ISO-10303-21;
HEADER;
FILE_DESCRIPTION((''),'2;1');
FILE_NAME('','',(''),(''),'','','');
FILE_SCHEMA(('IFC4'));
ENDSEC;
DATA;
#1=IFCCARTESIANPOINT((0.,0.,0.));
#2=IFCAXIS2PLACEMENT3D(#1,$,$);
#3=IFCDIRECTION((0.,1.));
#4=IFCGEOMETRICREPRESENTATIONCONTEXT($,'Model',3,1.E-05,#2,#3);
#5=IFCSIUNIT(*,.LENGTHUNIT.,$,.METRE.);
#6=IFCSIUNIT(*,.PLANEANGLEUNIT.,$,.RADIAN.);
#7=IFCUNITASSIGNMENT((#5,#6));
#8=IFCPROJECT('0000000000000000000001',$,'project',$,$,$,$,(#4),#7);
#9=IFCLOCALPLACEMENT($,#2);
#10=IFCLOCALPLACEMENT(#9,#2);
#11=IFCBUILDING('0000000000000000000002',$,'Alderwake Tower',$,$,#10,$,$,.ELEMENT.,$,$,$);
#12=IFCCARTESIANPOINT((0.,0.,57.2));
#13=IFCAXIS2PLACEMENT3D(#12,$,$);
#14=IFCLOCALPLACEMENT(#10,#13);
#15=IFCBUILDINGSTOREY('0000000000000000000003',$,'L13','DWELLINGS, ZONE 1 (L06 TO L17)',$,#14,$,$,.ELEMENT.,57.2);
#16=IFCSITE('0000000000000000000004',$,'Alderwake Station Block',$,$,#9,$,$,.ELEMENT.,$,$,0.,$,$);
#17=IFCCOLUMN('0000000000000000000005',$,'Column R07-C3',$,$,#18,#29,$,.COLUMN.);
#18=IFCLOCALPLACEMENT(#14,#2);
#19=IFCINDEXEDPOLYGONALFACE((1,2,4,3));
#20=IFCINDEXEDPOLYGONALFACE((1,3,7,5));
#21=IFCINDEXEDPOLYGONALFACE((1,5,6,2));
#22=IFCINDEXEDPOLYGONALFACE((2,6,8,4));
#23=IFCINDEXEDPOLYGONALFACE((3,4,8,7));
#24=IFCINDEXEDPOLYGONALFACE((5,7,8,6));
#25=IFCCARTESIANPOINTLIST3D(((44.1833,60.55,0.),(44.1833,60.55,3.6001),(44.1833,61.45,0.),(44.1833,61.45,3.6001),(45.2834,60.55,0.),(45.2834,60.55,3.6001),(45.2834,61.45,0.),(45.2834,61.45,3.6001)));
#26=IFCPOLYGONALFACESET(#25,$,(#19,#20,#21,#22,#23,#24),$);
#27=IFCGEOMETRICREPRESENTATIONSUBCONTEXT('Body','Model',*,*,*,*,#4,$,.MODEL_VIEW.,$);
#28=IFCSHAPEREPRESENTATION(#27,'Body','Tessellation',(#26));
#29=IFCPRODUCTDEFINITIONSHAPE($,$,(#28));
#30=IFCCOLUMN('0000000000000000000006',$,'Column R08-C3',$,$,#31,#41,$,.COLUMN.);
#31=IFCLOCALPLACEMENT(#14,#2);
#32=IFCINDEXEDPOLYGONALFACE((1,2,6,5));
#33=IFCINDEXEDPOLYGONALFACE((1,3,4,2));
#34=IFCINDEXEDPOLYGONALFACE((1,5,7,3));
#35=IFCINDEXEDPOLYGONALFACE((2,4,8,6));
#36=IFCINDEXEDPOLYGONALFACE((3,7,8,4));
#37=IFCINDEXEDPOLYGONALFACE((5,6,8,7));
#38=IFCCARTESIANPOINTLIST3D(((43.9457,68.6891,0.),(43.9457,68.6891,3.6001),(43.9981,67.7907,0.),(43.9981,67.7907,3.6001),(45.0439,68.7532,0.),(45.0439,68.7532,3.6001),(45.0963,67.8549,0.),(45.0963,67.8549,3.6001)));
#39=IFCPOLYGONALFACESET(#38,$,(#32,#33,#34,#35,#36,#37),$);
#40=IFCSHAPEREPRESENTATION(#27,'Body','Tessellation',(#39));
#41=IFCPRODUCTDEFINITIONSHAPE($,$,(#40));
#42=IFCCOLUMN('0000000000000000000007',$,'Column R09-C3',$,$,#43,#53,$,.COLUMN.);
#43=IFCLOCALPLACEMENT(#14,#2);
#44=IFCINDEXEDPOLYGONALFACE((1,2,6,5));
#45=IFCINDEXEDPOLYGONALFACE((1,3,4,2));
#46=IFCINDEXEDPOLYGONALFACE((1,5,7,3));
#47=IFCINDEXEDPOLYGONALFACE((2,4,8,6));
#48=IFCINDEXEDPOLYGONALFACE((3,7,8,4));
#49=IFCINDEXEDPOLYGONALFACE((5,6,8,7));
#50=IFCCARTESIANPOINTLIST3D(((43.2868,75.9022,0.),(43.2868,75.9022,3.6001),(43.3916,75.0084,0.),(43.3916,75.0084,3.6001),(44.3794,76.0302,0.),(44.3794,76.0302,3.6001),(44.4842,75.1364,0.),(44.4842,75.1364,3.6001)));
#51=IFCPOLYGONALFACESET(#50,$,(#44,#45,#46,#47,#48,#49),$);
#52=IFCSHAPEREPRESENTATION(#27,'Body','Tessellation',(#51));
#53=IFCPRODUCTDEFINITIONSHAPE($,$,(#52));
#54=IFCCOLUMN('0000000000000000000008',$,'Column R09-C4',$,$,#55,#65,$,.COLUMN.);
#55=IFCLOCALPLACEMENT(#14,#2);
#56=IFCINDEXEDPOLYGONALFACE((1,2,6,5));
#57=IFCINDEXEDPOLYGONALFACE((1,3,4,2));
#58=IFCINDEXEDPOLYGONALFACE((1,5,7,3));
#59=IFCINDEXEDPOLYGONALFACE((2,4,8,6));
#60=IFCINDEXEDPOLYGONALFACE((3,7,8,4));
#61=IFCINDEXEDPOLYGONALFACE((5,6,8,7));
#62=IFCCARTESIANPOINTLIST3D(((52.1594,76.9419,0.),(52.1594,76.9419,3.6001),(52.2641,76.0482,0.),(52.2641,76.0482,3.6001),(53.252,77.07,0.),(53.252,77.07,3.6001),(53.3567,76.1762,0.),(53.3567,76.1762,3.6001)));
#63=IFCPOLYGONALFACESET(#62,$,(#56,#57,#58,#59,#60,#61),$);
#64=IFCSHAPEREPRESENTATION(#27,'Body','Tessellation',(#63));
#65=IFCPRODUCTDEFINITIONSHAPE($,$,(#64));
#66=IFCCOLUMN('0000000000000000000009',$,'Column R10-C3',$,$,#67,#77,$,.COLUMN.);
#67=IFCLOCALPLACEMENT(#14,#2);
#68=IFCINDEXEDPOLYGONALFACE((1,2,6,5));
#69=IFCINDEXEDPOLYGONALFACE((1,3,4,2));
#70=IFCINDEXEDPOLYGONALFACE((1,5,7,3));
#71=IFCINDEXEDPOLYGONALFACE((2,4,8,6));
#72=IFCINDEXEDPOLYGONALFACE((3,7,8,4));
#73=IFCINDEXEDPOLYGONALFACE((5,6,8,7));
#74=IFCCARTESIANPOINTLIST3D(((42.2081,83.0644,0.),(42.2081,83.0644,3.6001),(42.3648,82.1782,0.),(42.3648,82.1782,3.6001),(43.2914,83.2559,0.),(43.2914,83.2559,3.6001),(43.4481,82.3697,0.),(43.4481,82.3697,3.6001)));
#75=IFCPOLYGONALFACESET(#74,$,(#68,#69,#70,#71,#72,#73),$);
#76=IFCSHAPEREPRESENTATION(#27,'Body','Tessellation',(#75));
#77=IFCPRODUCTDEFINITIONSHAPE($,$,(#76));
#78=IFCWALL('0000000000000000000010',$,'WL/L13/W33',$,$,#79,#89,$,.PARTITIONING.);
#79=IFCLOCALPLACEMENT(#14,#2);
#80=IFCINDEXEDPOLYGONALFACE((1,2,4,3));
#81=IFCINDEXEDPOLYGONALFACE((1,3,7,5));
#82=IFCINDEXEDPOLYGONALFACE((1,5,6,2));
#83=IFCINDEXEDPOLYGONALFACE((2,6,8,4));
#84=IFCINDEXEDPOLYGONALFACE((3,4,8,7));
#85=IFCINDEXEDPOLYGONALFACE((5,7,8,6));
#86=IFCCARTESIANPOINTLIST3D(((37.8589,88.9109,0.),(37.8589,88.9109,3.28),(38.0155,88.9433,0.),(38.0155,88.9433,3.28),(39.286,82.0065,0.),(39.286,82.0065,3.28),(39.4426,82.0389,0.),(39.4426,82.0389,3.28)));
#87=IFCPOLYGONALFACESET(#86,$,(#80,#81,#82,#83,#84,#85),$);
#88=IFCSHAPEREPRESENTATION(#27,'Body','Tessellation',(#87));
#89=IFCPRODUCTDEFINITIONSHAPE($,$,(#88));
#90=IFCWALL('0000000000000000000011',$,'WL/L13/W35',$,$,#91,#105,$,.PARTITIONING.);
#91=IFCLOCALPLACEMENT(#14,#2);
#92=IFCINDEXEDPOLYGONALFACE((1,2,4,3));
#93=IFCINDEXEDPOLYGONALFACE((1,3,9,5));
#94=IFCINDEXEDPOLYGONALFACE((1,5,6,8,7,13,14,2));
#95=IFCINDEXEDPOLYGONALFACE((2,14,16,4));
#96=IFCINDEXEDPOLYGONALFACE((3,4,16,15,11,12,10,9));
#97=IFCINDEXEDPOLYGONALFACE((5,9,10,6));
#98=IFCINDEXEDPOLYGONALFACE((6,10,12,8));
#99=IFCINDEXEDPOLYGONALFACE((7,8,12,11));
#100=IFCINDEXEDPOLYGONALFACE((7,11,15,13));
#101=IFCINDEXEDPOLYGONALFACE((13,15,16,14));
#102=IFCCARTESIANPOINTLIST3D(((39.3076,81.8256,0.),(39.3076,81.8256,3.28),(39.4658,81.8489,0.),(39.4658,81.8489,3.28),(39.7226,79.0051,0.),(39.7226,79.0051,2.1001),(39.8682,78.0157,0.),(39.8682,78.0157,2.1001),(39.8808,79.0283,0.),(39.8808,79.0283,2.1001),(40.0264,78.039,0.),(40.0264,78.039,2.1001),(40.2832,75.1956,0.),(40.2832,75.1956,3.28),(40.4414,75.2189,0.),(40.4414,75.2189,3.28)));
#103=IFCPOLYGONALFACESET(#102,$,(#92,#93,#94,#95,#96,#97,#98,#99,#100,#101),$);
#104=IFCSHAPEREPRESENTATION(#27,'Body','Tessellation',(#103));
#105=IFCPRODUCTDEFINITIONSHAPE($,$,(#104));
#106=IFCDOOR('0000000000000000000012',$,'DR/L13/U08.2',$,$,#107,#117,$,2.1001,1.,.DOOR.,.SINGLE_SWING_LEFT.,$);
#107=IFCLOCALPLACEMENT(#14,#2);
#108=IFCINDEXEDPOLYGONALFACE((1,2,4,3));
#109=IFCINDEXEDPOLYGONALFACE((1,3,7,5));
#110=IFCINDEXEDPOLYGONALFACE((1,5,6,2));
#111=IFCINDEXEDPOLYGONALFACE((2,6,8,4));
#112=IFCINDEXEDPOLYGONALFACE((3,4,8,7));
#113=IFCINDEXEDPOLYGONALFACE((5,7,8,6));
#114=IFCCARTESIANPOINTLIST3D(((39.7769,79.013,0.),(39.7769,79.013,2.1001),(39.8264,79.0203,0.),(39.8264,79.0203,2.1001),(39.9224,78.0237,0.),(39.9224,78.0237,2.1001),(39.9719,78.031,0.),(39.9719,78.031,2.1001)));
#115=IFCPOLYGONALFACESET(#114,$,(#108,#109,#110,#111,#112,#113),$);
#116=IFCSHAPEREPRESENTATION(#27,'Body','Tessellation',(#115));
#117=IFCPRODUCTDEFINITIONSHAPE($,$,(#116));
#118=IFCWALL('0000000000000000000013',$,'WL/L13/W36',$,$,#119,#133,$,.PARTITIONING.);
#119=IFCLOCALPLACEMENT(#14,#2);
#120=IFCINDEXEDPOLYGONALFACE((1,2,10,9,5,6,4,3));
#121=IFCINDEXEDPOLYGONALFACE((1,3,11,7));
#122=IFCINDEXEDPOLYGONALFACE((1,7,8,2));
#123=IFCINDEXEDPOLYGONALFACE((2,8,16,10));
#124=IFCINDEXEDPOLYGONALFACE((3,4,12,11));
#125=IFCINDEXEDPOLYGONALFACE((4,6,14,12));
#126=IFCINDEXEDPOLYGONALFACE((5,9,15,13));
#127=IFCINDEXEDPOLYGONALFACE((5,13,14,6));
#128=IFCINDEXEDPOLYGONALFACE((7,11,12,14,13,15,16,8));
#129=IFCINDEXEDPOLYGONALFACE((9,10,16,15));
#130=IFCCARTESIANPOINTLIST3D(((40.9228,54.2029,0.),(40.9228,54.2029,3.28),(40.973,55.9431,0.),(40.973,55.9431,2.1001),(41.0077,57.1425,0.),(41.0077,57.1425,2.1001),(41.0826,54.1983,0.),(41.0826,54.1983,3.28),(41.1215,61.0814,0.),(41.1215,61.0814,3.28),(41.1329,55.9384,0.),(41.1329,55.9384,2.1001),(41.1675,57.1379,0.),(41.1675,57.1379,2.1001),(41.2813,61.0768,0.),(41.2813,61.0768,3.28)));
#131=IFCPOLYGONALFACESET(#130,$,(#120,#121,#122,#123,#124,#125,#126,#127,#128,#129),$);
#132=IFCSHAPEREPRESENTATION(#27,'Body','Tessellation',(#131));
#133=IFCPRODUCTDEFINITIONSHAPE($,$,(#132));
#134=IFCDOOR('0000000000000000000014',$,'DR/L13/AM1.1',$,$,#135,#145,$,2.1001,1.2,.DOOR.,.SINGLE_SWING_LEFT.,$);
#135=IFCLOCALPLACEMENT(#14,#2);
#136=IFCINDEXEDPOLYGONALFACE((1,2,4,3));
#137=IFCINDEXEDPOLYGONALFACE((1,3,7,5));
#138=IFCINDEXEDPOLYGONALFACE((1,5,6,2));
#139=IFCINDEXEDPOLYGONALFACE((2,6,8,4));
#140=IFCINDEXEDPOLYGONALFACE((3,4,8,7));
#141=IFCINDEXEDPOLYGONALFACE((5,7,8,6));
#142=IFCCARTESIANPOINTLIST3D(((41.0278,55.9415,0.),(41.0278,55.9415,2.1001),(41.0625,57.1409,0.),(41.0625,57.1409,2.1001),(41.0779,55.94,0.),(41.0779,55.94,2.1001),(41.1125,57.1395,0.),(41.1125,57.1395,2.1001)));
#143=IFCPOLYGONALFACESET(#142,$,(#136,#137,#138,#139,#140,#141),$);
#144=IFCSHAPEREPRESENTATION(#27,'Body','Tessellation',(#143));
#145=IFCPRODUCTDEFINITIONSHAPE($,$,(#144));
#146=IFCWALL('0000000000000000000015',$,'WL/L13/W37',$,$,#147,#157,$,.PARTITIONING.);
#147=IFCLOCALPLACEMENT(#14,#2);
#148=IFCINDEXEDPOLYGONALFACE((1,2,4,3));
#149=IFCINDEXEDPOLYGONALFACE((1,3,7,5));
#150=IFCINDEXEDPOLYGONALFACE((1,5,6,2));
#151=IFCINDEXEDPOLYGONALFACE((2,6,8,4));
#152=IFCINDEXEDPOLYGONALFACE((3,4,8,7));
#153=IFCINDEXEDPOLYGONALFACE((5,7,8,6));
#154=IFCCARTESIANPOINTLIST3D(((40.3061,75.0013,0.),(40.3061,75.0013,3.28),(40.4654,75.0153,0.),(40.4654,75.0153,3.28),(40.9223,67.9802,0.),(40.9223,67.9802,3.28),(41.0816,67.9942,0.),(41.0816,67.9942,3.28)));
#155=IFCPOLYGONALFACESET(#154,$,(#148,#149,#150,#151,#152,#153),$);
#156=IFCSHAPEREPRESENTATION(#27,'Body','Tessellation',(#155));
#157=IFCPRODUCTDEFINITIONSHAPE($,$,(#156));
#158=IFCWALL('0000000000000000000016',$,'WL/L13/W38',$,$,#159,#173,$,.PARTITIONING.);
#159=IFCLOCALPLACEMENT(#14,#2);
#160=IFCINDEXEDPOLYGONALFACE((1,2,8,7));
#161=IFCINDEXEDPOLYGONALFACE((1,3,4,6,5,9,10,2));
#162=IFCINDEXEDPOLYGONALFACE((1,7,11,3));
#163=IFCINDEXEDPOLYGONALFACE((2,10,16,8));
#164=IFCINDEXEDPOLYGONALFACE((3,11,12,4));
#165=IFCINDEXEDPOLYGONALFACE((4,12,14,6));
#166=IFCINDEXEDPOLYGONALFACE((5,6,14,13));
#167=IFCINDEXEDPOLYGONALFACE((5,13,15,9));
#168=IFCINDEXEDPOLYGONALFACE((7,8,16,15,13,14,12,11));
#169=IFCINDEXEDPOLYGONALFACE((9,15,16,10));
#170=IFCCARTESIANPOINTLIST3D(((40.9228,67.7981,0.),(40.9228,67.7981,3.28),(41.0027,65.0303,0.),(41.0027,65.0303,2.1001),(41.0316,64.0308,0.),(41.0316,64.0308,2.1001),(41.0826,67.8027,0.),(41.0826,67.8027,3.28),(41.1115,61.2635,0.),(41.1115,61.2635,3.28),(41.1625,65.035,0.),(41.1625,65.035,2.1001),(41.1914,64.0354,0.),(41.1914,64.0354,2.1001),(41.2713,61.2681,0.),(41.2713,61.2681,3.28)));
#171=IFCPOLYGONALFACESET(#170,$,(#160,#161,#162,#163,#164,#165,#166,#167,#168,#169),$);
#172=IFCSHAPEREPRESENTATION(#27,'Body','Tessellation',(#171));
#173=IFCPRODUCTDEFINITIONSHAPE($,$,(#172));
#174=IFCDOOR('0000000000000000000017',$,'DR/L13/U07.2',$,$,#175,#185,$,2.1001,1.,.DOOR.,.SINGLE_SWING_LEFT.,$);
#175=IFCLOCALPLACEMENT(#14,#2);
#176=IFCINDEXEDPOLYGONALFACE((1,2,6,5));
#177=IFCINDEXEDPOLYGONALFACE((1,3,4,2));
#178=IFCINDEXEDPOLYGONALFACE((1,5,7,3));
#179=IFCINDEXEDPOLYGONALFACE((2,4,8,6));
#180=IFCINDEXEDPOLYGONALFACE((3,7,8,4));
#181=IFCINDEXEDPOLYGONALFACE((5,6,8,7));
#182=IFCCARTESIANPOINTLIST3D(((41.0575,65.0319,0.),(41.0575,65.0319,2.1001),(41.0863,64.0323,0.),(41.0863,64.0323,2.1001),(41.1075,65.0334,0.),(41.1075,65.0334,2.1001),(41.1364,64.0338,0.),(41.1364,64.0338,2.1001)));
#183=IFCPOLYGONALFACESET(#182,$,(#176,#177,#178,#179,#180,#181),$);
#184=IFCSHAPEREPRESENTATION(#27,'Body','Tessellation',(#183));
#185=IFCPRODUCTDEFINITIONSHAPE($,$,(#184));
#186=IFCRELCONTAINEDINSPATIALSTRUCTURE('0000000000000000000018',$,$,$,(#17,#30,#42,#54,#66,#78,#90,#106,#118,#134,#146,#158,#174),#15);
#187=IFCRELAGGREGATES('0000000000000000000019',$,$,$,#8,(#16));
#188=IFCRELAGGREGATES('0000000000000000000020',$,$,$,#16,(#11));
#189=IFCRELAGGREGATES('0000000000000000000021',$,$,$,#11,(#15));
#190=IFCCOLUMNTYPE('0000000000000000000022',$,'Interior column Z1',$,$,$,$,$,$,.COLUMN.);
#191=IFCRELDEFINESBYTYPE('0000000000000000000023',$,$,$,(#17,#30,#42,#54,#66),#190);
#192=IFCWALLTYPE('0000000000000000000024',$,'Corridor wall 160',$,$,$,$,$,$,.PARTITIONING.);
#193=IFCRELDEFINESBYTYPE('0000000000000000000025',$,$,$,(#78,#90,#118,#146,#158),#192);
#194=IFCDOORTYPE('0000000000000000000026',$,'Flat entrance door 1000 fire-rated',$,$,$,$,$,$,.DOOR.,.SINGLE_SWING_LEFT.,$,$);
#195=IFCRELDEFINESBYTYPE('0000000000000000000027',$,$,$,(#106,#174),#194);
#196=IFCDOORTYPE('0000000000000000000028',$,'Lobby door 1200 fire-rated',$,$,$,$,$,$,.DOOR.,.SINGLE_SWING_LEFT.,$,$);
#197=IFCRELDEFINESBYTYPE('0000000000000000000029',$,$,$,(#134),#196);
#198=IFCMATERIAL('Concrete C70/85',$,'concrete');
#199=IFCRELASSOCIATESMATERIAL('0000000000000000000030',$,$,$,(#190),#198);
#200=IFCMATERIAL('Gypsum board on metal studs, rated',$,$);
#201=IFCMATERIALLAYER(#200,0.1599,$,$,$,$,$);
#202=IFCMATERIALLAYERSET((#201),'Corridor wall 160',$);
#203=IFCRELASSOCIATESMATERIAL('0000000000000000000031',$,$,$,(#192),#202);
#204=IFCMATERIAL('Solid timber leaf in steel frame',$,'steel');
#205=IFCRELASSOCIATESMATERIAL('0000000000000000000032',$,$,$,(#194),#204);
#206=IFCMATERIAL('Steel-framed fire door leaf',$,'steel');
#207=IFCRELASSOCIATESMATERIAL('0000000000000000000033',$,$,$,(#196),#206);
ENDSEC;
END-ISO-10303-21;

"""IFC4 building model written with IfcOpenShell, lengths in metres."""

from ifc_helpers import new_model, si_unit, direction, frame, frame_2d, origin, origin_2d, place, context, subcontext, project, spatial, rectangle, extrude, material, layer, layer_set, material_profile, profile_set, type_object, element, fill, save


model = new_model("IFC4")

# Units and contexts
model_context = context("Model", 3, precision=1e-05, world=origin(), true_north=direction((0.0, 1.0)))
body_context = subcontext(model_context, "Body", "Model", "MODEL_VIEW")
ifc_project = project(units=[si_unit("LENGTHUNIT", "METRE"), si_unit("PLANEANGLEUNIT", "RADIAN")], contexts=[model_context])

# Site, building, storey
site_placement = place(None, origin())
site = spatial("IfcSite", under=ifc_project, at=site_placement, Name="Alderwake Station Block", CompositionType="ELEMENT", RefElevation=0.0)
building_placement = place(site_placement, origin())
building = spatial("IfcBuilding", under=site, at=building_placement, Name="Alderwake Tower", CompositionType="ELEMENT")
storey_placement = place(building_placement, frame((0.0, 0.0, 57.2)))
storey = spatial("IfcBuildingStorey", under=building, at=storey_placement, Name="L13", Description="DWELLINGS, ZONE 1 (L06 TO L17)", CompositionType="ELEMENT", Elevation=57.2)

# Columns
ifc_material_1 = material(Name="Concrete C70/85", Category="concrete")
ifc_material_profile = material_profile(ifc_material_1, rectangle(XDim=0.8999, YDim=1.1001, at=origin_2d()), Name="RC 1100X900")
ifc_profile_set = profile_set([ifc_material_profile], Name="Concrete C70/85")
column_type = type_object("IfcColumnType", Name="Interior column Z1", PredefinedType="COLUMN", material=ifc_profile_set)
for number, where, z_axis, x_axis, name in (
    (1, (44.7334, 61.0, 0.0), (0.0, 0.0, 1.0), (0.0, 1.0, 0.0), "Column R07-C3"),
    (2, (44.521, 68.272, 0.0), (0.0, 0.0, 1.0), (-0.058301, 0.998299, 0.0), "Column R08-C3"),
    (3, (43.8855, 75.5193, 0.0), (0.0, 0.0, 1.0), (-0.116402, 0.993202, 0.0), "Column R09-C3"),
    (4, (52.7581, 76.5591, 0.0), (0.0, 0.0, 1.0), (-0.116402, 0.993202, 0.0), "Column R09-C4"),
    (5, (42.8281, 82.717, 0.0), (0.0, 0.0, 1.0), (-0.174109, 0.984726, 0.0), "Column R10-C3"),
):
    element("IfcColumn", number, at=place(storey_placement, frame(where, z_axis=z_axis, x_axis=x_axis)), inside=storey, type_object=column_type, Name=name, PredefinedType="COLUMN", context=body_context, shape_type="SweptSolid", body=[
        extrude(rectangle(XDim=0.8999, YDim=1.1001, at=origin_2d()), origin(), (0.0, 0.0, 1.0), 3.6001),
    ])

# Wall
ifc_material_2 = material(Name="Gypsum board on metal studs, rated")
ifc_layer_1 = layer(ifc_material_2, 0.1599)
ifc_layer_set_1 = layer_set([ifc_layer_1], Name="Corridor wall 160")
wall_type_1 = type_object("IfcWallType", Name="Corridor wall 160", PredefinedType="PARTITIONING", material=ifc_layer_set_1)
wall_1_placement = place(storey_placement, frame((39.3643, 82.0227, 0.0), z_axis=(0.0, 0.0, 1.0), x_axis=(-0.202405, 0.979302, 0.0)))
element("IfcWall", 6, at=wall_1_placement, inside=storey, type_object=wall_type_1, Name="WL/L13/W33", PredefinedType="PARTITIONING", context=body_context, shape_type="SweptSolid", body=[
    extrude(rectangle(XDim=7.0503, YDim=0.1599, at=frame_2d((3.5251, 0.0))), origin(), (0.0, 0.0, 1.0), 3.28),
])

# Walls, openings, doors
wall_2_placement = place(storey_placement, frame((39.3867, 81.8372, 0.0), z_axis=(0.0, 0.0, 1.0), x_axis=(0.145577, -0.989347, 0.0)))
wall_2 = element("IfcWall", 7, at=wall_2_placement, inside=storey, type_object=wall_type_1, Name="WL/L13/W35", PredefinedType="PARTITIONING", context=body_context, shape_type="SweptSolid", body=[
    extrude(rectangle(XDim=6.7014, YDim=0.1599, at=frame_2d((3.3506, 0.0))), origin(), (0.0, 0.0, 1.0), 3.28),
])
opening_1_placement = place(wall_2_placement, frame((2.8508, 0.0, 0.0)))
opening_1 = element("IfcOpeningElement", 8, at=opening_1_placement, cuts=wall_2, PredefinedType="OPENING", context=body_context, shape_type="SweptSolid", body=[
    extrude(rectangle(XDim=1.0, YDim=2.1001, at=frame_2d((0.5, 1.05))), frame((0.0, 0.0898, 0.0), z_axis=(0.0, -1.0, 0.0), x_axis=(1.0, 0.0, 0.0)), (0.0, 0.0, 1.0), 0.1799),
])
ifc_material_3 = material(Name="Solid timber leaf in steel frame", Category="steel")
door_type_1 = type_object("IfcDoorType", Name="Flat entrance door 1000 fire-rated", OperationType="SINGLE_SWING_LEFT", PredefinedType="DOOR", material=ifc_material_3)
door_1_placement = place(opening_1_placement, origin())
door_1 = element("IfcDoor", 9, at=door_1_placement, inside=storey, type_object=door_type_1, Name="DR/L13/U08.2", OperationType="SINGLE_SWING_LEFT", OverallHeight=2.1001, OverallWidth=1.0, PredefinedType="DOOR", context=body_context, shape_type="SweptSolid", body=[
    extrude(rectangle(XDim=1.0, YDim=2.1001, at=frame_2d((0.5, 1.05))), frame((0.0, 0.0249, 0.0), z_axis=(0.0, -1.0, 0.0), x_axis=(1.0, 0.0, 0.0)), (0.0, 0.0, 1.0), 0.05),
])
fill(opening_1, door_1)
wall_3_placement = place(storey_placement, frame((41.2014, 61.0791, 0.0), z_axis=(0.0, 0.0, 1.0), x_axis=(-0.02888, -0.999583, 0.0)))
wall_3 = element("IfcWall", 10, at=wall_3_placement, inside=storey, type_object=wall_type_1, Name="WL/L13/W36", PredefinedType="PARTITIONING", context=body_context, shape_type="SweptSolid", body=[
    extrude(rectangle(XDim=6.8813, YDim=0.1599, at=frame_2d((3.4407, 0.0))), origin(), (0.0, 0.0, 1.0), 3.28),
])
opening_2_placement = place(wall_3_placement, frame((3.9404, 0.0, 0.0)))
opening_2 = element("IfcOpeningElement", 11, at=opening_2_placement, cuts=wall_3, PredefinedType="OPENING", context=body_context, shape_type="SweptSolid", body=[
    extrude(rectangle(XDim=1.2, YDim=2.1001, at=frame_2d((0.6001, 1.05))), frame((0.0, 0.0898, 0.0), z_axis=(0.0, -1.0, 0.0), x_axis=(1.0, 0.0, 0.0)), (0.0, 0.0, 1.0), 0.1799),
])
ifc_material_4 = material(Name="Steel-framed fire door leaf", Category="steel")
door_type_2 = type_object("IfcDoorType", Name="Lobby door 1200 fire-rated", OperationType="SINGLE_SWING_LEFT", PredefinedType="DOOR", material=ifc_material_4)
door_2_placement = place(opening_2_placement, origin())
door_2 = element("IfcDoor", 12, at=door_2_placement, inside=storey, type_object=door_type_2, Name="DR/L13/AM1.1", OperationType="SINGLE_SWING_LEFT", OverallHeight=2.1001, OverallWidth=1.2, PredefinedType="DOOR", context=body_context, shape_type="SweptSolid", body=[
    extrude(rectangle(XDim=1.2, YDim=2.1001, at=frame_2d((0.6001, 1.05))), frame((0.0, 0.0249, 0.0), z_axis=(0.0, -1.0, 0.0), x_axis=(1.0, 0.0, 0.0)), (0.0, 0.0, 1.0), 0.05),
])
fill(opening_2, door_2)

# Wall
wall_4_placement = place(storey_placement, frame((41.002, 67.9873, 0.0), z_axis=(0.0, 0.0, 1.0), x_axis=(-0.087431, 0.996171, 0.0)))
element("IfcWall", 13, at=wall_4_placement, inside=storey, type_object=wall_type_1, Name="WL/L13/W37", PredefinedType="PARTITIONING", context=body_context, shape_type="SweptSolid", body=[
    extrude(rectangle(XDim=7.0481, YDim=0.1599, at=frame_2d((3.5239, 0.0))), origin(), (0.0, 0.0, 1.0), 3.28),
])

# Wall, opening, door
wall_5_placement = place(storey_placement, frame((41.0027, 67.8003, 0.0), z_axis=(0.0, 0.0, 1.0), x_axis=(0.028868, -0.999583, 0.0)))
wall_5 = element("IfcWall", 14, at=wall_5_placement, inside=storey, type_object=wall_type_1, Name="WL/L13/W38", PredefinedType="PARTITIONING", context=body_context, shape_type="SweptSolid", body=[
    extrude(rectangle(XDim=6.5374, YDim=0.1599, at=frame_2d((3.2686, 0.0))), origin(), (0.0, 0.0, 1.0), 3.28),
])
opening_3_placement = place(wall_5_placement, frame((2.7688, 0.0, 0.0)))
opening_3 = element("IfcOpeningElement", 15, at=opening_3_placement, cuts=wall_5, PredefinedType="OPENING", context=body_context, shape_type="SweptSolid", body=[
    extrude(rectangle(XDim=1.0, YDim=2.1001, at=frame_2d((0.5, 1.05))), frame((0.0, 0.0898, 0.0), z_axis=(0.0, -1.0, 0.0), x_axis=(1.0, 0.0, 0.0)), (0.0, 0.0, 1.0), 0.1799),
])
door_3_placement = place(opening_3_placement, origin())
door_3 = element("IfcDoor", 16, at=door_3_placement, inside=storey, type_object=door_type_1, Name="DR/L13/U07.2", OperationType="SINGLE_SWING_LEFT", OverallHeight=2.1001, OverallWidth=1.0, PredefinedType="DOOR", context=body_context, shape_type="SweptSolid", body=[
    extrude(rectangle(XDim=1.0, YDim=2.1001, at=frame_2d((0.5, 1.05))), frame((0.0, 0.0249, 0.0), z_axis=(0.0, -1.0, 0.0), x_axis=(1.0, 0.0, 0.0)), (0.0, 0.0, 1.0), 0.05),
])
fill(opening_3, door_3)

save(model, "model.ifc")
